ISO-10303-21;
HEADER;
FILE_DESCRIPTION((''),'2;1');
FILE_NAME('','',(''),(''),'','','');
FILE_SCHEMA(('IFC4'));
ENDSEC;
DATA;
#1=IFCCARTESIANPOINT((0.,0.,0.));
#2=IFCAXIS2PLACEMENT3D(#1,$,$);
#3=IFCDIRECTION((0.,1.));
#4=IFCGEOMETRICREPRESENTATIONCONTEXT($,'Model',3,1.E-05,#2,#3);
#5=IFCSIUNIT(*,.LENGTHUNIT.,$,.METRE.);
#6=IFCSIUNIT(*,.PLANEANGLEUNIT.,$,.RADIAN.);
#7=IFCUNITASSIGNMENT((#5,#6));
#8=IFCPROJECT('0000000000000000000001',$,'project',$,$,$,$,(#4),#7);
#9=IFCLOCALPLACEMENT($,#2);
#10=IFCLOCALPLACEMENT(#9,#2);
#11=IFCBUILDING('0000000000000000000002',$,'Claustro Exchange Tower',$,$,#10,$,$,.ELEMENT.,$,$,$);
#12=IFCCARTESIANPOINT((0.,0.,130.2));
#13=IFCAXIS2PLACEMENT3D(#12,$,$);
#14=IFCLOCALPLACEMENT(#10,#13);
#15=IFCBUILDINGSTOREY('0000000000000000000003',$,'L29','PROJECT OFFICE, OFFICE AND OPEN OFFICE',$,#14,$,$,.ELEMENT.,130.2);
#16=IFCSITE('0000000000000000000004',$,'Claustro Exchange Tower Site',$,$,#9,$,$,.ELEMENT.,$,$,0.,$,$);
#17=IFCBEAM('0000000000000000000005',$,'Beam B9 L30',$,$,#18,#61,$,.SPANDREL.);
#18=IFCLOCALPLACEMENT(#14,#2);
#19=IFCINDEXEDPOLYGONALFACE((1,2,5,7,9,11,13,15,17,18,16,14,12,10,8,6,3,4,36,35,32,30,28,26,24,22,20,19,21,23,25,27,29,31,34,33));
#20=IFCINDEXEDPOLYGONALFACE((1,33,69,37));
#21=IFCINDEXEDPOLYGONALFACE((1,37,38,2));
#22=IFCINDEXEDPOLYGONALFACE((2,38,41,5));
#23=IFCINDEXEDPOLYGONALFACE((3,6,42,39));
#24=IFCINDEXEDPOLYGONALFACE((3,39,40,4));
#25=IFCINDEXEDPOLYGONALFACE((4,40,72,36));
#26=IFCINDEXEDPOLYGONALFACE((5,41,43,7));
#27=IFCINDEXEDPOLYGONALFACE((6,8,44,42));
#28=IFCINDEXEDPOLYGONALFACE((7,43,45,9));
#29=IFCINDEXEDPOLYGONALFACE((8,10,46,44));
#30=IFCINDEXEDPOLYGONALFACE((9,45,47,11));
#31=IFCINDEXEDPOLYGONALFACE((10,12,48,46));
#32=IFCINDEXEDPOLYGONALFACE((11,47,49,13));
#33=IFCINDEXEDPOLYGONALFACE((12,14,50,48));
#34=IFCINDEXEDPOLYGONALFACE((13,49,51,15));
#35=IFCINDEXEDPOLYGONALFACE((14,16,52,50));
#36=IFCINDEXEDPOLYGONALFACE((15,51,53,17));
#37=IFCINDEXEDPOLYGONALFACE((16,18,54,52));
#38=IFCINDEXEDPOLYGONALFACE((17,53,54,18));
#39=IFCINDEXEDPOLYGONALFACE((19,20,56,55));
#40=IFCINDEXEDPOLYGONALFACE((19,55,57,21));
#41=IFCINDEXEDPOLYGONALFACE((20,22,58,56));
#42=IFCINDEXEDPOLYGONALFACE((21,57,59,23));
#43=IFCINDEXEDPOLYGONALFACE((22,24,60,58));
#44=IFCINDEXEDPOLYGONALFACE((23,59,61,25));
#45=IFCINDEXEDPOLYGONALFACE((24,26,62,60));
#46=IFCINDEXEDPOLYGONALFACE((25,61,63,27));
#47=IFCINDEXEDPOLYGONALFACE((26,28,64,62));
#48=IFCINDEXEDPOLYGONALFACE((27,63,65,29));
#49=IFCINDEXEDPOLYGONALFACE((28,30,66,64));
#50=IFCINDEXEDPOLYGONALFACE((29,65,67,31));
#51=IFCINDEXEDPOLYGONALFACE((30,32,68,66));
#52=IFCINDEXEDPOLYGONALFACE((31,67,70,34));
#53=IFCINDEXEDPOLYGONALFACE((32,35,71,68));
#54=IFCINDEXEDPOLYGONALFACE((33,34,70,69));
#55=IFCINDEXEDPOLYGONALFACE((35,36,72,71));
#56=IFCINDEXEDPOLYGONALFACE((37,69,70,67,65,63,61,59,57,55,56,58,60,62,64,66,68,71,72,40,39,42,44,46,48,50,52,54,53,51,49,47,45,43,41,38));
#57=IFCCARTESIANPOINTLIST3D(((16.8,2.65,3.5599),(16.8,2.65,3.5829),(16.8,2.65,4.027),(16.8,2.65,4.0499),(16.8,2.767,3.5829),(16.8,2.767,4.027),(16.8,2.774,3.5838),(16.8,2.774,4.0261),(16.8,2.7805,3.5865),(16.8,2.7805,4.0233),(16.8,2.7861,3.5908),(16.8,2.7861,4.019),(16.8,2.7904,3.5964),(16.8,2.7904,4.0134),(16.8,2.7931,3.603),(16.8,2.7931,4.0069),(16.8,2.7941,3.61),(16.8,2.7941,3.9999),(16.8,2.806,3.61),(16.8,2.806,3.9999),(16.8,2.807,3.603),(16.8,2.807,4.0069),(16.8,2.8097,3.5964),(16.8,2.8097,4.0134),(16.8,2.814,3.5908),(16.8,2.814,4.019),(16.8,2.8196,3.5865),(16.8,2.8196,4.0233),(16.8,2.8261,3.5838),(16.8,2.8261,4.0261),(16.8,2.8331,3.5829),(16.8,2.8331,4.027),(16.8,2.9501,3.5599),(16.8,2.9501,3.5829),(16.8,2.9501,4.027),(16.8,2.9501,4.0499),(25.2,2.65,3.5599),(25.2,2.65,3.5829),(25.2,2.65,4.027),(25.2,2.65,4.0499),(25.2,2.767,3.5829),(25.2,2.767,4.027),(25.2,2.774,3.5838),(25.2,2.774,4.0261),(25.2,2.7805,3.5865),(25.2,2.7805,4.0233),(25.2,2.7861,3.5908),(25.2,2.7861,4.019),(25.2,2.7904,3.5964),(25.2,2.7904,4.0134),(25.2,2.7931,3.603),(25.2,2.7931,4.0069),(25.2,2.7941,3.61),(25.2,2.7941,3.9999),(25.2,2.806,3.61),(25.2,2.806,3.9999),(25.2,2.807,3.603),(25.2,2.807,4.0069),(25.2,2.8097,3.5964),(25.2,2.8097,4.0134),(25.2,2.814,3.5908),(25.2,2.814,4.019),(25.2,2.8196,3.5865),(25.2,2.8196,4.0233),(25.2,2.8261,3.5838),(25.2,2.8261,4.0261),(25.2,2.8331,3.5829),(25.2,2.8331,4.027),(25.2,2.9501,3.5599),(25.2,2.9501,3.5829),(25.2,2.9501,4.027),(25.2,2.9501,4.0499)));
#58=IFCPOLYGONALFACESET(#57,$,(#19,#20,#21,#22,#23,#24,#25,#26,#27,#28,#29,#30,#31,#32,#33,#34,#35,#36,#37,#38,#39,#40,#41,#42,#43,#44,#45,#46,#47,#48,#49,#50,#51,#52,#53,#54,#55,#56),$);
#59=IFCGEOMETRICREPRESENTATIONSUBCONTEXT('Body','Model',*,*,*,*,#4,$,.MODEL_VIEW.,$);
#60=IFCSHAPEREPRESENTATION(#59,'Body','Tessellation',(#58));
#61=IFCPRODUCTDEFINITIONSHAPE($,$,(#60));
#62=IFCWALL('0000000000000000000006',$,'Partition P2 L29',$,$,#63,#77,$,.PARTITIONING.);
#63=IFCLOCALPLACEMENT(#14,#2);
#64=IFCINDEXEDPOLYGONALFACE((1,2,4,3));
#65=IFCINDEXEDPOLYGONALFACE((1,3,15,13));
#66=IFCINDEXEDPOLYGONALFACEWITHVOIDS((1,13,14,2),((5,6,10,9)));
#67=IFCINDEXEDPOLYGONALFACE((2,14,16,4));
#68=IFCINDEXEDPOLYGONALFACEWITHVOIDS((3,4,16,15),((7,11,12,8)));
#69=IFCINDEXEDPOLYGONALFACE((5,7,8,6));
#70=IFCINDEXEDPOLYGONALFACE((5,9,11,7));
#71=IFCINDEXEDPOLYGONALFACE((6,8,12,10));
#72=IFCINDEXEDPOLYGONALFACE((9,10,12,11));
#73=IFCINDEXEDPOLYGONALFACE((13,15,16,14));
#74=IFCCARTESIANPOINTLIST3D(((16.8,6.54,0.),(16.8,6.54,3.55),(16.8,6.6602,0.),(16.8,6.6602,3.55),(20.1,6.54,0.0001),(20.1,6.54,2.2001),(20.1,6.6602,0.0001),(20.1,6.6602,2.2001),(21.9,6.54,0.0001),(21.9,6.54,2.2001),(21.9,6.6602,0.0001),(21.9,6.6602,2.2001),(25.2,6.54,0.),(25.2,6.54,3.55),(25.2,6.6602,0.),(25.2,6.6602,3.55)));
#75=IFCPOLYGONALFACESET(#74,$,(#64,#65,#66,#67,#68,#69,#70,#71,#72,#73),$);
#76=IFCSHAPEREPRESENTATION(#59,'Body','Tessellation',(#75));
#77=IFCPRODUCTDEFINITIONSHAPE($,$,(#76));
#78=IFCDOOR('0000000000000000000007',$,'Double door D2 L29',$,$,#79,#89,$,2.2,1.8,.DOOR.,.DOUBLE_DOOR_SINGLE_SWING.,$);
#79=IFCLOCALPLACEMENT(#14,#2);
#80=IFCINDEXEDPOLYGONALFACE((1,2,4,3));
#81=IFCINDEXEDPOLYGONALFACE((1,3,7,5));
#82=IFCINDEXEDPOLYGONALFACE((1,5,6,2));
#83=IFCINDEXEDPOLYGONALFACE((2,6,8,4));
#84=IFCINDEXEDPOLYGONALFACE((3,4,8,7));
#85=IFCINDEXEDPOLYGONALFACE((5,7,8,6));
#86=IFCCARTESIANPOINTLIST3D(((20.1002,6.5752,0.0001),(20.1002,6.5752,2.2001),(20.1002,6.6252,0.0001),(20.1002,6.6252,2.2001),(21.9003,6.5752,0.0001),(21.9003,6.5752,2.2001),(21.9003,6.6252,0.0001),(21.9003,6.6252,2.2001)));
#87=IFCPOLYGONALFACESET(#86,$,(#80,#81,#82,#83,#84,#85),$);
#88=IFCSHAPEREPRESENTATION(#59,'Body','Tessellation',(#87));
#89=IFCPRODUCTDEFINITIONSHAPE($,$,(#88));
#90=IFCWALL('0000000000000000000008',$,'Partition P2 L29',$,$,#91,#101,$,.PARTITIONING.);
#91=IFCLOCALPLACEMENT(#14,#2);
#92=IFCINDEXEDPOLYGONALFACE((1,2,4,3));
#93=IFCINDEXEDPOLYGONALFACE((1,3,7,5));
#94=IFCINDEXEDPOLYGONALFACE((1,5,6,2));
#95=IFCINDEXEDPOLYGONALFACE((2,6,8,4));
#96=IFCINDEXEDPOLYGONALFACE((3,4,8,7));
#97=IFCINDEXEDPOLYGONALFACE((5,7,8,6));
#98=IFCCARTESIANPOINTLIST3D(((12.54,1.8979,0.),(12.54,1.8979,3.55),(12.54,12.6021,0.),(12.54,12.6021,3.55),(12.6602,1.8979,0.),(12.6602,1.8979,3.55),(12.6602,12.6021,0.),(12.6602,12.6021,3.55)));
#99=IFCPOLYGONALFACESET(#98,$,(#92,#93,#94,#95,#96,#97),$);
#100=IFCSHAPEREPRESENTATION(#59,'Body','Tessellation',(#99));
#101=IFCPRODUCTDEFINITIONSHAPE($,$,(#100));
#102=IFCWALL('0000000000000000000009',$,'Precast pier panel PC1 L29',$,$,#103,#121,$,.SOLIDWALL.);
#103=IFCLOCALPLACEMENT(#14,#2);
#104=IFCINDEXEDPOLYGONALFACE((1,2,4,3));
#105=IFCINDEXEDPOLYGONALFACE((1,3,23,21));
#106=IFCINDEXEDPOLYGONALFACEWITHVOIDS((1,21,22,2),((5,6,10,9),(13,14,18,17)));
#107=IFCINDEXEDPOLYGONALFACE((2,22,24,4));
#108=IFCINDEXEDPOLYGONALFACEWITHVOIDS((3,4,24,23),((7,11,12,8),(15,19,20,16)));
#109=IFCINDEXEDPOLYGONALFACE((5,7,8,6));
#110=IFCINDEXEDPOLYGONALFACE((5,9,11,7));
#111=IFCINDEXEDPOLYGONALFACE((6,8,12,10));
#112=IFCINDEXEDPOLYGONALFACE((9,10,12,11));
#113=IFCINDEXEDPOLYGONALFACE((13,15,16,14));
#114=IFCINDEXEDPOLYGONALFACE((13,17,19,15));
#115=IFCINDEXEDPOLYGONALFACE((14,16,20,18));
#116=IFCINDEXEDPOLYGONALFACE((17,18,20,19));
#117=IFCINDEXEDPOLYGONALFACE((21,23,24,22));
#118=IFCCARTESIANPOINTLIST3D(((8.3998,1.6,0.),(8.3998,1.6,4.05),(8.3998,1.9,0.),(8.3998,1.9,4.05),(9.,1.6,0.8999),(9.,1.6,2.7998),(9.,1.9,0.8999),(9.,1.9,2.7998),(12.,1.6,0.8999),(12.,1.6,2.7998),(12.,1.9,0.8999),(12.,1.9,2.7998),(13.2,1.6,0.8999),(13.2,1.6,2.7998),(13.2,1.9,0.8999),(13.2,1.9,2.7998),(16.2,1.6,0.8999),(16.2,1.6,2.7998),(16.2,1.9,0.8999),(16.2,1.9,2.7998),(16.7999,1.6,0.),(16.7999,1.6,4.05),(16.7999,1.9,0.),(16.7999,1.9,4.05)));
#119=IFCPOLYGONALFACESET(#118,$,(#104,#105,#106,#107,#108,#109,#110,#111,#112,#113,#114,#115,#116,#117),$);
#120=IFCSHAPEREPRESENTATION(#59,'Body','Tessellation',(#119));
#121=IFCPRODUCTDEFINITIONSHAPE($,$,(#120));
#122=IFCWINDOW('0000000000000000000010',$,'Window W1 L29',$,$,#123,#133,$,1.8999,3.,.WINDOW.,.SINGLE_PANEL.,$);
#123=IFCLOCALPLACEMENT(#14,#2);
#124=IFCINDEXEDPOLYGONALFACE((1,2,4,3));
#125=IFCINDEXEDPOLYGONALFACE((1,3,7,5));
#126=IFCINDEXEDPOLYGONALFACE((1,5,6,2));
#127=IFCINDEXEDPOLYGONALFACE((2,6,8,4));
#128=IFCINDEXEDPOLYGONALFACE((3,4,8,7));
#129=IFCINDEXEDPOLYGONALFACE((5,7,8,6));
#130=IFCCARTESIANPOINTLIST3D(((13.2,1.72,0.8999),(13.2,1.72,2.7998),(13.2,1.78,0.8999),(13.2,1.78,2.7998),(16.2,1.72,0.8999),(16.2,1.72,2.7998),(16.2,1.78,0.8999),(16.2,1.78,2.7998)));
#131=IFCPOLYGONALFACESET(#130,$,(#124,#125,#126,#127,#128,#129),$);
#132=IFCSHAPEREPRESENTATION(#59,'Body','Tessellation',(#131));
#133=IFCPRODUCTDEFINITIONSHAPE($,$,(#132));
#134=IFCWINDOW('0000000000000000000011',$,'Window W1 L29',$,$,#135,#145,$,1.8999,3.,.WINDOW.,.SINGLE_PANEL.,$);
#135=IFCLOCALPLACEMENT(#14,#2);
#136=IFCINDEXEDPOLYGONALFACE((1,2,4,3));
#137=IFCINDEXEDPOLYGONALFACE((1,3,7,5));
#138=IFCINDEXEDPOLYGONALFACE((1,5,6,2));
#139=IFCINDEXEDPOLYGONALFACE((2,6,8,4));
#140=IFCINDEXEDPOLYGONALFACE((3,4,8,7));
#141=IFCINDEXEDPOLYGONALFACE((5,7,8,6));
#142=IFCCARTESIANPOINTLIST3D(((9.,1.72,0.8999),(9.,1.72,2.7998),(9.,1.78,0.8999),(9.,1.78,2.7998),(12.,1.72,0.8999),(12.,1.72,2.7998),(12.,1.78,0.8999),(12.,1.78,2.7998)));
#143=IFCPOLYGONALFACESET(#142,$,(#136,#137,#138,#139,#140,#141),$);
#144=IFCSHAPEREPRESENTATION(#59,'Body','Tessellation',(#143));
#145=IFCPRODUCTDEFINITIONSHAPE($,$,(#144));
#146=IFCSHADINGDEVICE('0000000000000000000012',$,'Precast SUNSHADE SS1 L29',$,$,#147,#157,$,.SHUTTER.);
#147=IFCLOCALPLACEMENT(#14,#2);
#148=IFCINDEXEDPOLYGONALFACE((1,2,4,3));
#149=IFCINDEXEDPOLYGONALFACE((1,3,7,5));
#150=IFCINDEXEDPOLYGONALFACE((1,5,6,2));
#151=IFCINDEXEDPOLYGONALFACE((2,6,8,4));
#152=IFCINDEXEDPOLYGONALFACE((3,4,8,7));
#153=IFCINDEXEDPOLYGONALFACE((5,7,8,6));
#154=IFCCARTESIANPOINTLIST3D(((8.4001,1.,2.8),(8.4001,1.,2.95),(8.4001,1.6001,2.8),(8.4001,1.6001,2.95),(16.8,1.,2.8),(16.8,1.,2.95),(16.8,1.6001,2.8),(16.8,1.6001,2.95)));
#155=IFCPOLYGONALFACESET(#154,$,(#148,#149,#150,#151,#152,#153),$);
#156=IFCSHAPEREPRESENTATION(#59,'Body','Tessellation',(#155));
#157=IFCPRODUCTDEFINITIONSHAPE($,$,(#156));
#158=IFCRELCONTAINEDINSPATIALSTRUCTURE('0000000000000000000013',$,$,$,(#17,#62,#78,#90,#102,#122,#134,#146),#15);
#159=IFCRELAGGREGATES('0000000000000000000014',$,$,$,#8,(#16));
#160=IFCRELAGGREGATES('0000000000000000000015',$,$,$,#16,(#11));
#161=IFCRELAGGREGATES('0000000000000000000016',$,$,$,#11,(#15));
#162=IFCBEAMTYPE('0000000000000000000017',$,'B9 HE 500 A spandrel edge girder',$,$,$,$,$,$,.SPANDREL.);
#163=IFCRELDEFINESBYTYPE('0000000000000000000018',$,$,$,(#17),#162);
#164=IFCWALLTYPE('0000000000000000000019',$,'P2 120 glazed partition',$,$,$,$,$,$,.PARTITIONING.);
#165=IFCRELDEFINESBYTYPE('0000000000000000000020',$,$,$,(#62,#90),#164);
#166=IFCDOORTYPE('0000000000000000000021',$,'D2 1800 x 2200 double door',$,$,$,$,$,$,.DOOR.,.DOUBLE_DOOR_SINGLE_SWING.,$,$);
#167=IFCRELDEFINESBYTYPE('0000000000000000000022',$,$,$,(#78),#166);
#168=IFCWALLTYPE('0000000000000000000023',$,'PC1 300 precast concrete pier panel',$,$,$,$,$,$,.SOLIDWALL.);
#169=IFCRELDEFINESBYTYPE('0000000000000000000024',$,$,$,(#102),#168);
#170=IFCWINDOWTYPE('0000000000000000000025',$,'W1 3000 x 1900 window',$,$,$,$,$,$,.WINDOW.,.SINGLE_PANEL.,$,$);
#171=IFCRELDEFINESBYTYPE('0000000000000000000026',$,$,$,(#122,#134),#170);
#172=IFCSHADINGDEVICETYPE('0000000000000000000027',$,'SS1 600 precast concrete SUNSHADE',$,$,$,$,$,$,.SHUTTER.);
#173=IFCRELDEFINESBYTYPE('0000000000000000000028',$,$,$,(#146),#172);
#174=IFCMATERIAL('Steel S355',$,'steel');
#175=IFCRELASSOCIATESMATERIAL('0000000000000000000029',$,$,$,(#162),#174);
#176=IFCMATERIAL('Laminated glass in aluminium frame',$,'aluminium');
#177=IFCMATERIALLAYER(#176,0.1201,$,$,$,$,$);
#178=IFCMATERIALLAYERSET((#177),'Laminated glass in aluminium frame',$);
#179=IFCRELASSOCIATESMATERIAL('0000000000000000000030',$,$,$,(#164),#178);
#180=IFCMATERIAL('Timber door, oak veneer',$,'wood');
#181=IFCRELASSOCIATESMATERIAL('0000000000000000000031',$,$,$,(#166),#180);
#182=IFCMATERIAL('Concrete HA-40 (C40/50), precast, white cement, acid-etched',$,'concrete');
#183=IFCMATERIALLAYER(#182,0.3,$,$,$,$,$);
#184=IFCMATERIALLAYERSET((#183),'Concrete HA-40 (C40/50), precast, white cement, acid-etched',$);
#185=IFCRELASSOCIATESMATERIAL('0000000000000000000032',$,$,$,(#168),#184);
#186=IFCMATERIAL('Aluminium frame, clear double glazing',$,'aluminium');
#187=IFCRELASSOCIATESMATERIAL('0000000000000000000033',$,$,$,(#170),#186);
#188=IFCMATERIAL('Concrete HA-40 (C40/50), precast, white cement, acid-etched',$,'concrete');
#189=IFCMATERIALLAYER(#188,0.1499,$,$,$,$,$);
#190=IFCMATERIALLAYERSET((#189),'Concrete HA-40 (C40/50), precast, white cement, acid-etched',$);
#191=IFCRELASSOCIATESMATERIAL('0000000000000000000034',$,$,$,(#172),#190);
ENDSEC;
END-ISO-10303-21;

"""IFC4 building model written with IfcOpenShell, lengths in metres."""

from ifc_helpers import new_model, si_unit, direction, frame, frame_2d, origin, origin_2d, place, context, subcontext, project, spatial, rectangle, i_section, extrude, material, layer, layer_set, material_profile, profile_set, type_object, element, fill, save


model = new_model("IFC4")

# Units and contexts
model_context = context("Model", 3, precision=1e-05, world=origin(), true_north=direction((0.0, 1.0)))
body_context = subcontext(model_context, "Body", "Model", "MODEL_VIEW")
ifc_project = project(units=[si_unit("LENGTHUNIT", "METRE"), si_unit("PLANEANGLEUNIT", "RADIAN")], contexts=[model_context])

# Site, building, storey
site_placement = place(None, origin())
site = spatial("IfcSite", under=ifc_project, at=site_placement, Name="Claustro Exchange Tower Site", CompositionType="ELEMENT", RefElevation=0.0)
building_placement = place(site_placement, origin())
building = spatial("IfcBuilding", under=site, at=building_placement, Name="Claustro Exchange Tower", CompositionType="ELEMENT")
storey_placement = place(building_placement, frame((0.0, 0.0, 130.2)))
storey = spatial("IfcBuildingStorey", under=building, at=storey_placement, Name="L29", Description="PROJECT OFFICE, OFFICE AND OPEN OFFICE", CompositionType="ELEMENT", Elevation=130.2)

# Beam
ifc_material_1 = material(Name="Steel S355", Category="steel")
ifc_material_profile_1 = material_profile(ifc_material_1, i_section(OverallWidth=0.3, OverallDepth=0.49, WebThickness=0.012, FlangeThickness=0.0229, FilletRadius=0.0271, at=origin_2d()), Name="HE 500 A")
ifc_profile_set_1 = profile_set([ifc_material_profile_1], Name="Steel S355")
beam_type_1 = type_object("IfcBeamType", Name="B9 HE 500 A spandrel edge girder", PredefinedType="SPANDREL", material=ifc_profile_set_1)
beam_1_placement = place(storey_placement, frame((16.8, 2.8, 3.8049), z_axis=(1.0, 0.0, 0.0), x_axis=(0.0, 1.0, 0.0)))
element("IfcBeam", 1, at=beam_1_placement, inside=storey, type_object=beam_type_1, Name="Beam B9 L30", PredefinedType="SPANDREL", context=body_context, shape_type="SweptSolid", body=[
    extrude(i_section(OverallWidth=0.3, OverallDepth=0.49, WebThickness=0.012, FlangeThickness=0.0229, FilletRadius=0.0271, at=origin_2d()), origin(), (0.0, 0.0, 1.0), 8.3999),
])

# Wall, opening, door
ifc_material_2 = material(Name="Laminated glass in aluminium frame", Category="aluminium")
ifc_layer_1 = layer(ifc_material_2, 0.1201)
ifc_layer_set_1 = layer_set([ifc_layer_1], Name="Laminated glass in aluminium frame")
wall_type_1 = type_object("IfcWallType", Name="P2 120 glazed partition", PredefinedType="PARTITIONING", material=ifc_layer_set_1)
wall_1_placement = place(storey_placement, frame((16.8, 6.6001, 0.0), z_axis=(0.0, 0.0, 1.0), x_axis=(1.0, 0.0, 0.0)))
wall_1 = element("IfcWall", 2, at=wall_1_placement, inside=storey, type_object=wall_type_1, Name="Partition P2 L29", PredefinedType="PARTITIONING", context=body_context, shape_type="SweptSolid", body=[
    extrude(rectangle(XDim=8.3999, YDim=0.1201, at=frame_2d((4.2, 0.0))), origin(), (0.0, 0.0, 1.0), 3.55),
])
opening_1_placement = place(wall_1_placement, frame((3.3, 0.0, 0.0)))
opening_1 = element("IfcOpeningElement", 3, at=opening_1_placement, cuts=wall_1, PredefinedType="OPENING", context=body_context, shape_type="SweptSolid", body=[
    extrude(rectangle(XDim=1.8, YDim=2.2, at=frame_2d((0.8999, 1.1001))), frame((0.0, 0.0701, 0.0), z_axis=(0.0, -1.0, 0.0), x_axis=(1.0, 0.0, 0.0)), (0.0, 0.0, 1.0), 0.1401),
])
ifc_material_3 = material(Name="Timber door, oak veneer", Category="wood")
door_type = type_object("IfcDoorType", Name="D2 1800 x 2200 double door", OperationType="DOUBLE_DOOR_SINGLE_SWING", PredefinedType="DOOR", material=ifc_material_3)
door_placement = place(opening_1_placement, frame((1.8, 0.0, 0.0), z_axis=(0.0, 0.0, 1.0), x_axis=(-1.0, 0.0, 0.0)))
door = element("IfcDoor", 4, at=door_placement, inside=storey, type_object=door_type, Name="Double door D2 L29", OperationType="DOUBLE_DOOR_SINGLE_SWING", OverallHeight=2.2, OverallWidth=1.8, PredefinedType="DOOR", context=body_context, shape_type="SweptSolid", body=[
    extrude(rectangle(XDim=1.8, YDim=2.2, at=frame_2d((0.8999, 1.1001))), frame((0.0, 0.0249, 0.0), z_axis=(0.0, -1.0, 0.0), x_axis=(1.0, 0.0, 0.0)), (0.0, 0.0, 1.0), 0.05),
])
fill(opening_1, door)

# Wall
wall_2_placement = place(storey_placement, frame((12.6001, 1.8979, 0.0), z_axis=(0.0, 0.0, 1.0), x_axis=(0.0, 1.0, 0.0)))
element("IfcWall", 5, at=wall_2_placement, inside=storey, type_object=wall_type_1, Name="Partition P2 L29", PredefinedType="PARTITIONING", context=body_context, shape_type="SweptSolid", body=[
    extrude(rectangle(XDim=10.7041, YDim=0.1201, at=frame_2d((5.3521, 0.0))), origin(), (0.0, 0.0, 1.0), 3.55),
])

# Wall, openings, windows
ifc_material_4 = material(Name="Concrete HA-40 (C40/50), precast, white cement, acid-etched", Category="concrete")
ifc_layer_2 = layer(ifc_material_4, 0.3)
ifc_layer_set_2 = layer_set([ifc_layer_2], Name="Concrete HA-40 (C40/50), precast, white cement, acid-etched")
wall_type_2 = type_object("IfcWallType", Name="PC1 300 precast concrete pier panel", PredefinedType="SOLIDWALL", material=ifc_layer_set_2)
wall_3_placement = place(storey_placement, frame((16.8, 1.75, 0.0), z_axis=(0.0, 0.0, 1.0), x_axis=(-1.0, 0.0, 0.0)))
wall_3 = element("IfcWall", 6, at=wall_3_placement, inside=storey, type_object=wall_type_2, Name="Precast pier panel PC1 L29", PredefinedType="SOLIDWALL", context=body_context, shape_type="SweptSolid", body=[
    extrude(rectangle(XDim=8.4001, YDim=0.3, at=frame_2d((4.2002, 0.0))), origin(), (0.0, 0.0, 1.0), 4.05),
])
opening_2_placement = place(wall_3_placement, frame((0.6001, 0.0, 0.8999)))
opening_2 = element("IfcOpeningElement", 7, at=opening_2_placement, cuts=wall_3, PredefinedType="OPENING", context=body_context, shape_type="SweptSolid", body=[
    extrude(rectangle(XDim=3.0, YDim=1.8999, at=frame_2d((1.5, 0.95))), frame((0.0, 0.1599, 0.0), z_axis=(0.0, -1.0, 0.0), x_axis=(1.0, 0.0, 0.0)), (0.0, 0.0, 1.0), 0.3201),
])
opening_3_placement = place(wall_3_placement, frame((4.8, 0.0, 0.8999)))
opening_3 = element("IfcOpeningElement", 8, at=opening_3_placement, cuts=wall_3, PredefinedType="OPENING", context=body_context, shape_type="SweptSolid", body=[
    extrude(rectangle(XDim=3.0, YDim=1.8999, at=frame_2d((1.5, 0.95))), frame((0.0, 0.1599, 0.0), z_axis=(0.0, -1.0, 0.0), x_axis=(1.0, 0.0, 0.0)), (0.0, 0.0, 1.0), 0.3201),
])
ifc_material_5 = material(Name="Aluminium frame, clear double glazing", Category="aluminium")
window_type = type_object("IfcWindowType", Name="W1 3000 x 1900 window", PartitioningType="SINGLE_PANEL", PredefinedType="WINDOW", material=ifc_material_5)
window_1_placement = place(opening_2_placement, origin())
window_1 = element("IfcWindow", 9, at=window_1_placement, inside=storey, type_object=window_type, Name="Window W1 L29", OverallHeight=1.8999, OverallWidth=3.0, PartitioningType="SINGLE_PANEL", PredefinedType="WINDOW", context=body_context, shape_type="SweptSolid", body=[
    extrude(rectangle(XDim=3.0, YDim=1.8999, at=frame_2d((1.5, 0.95))), frame((0.0, 0.03, 0.0), z_axis=(0.0, -1.0, 0.0), x_axis=(1.0, 0.0, 0.0)), (0.0, 0.0, 1.0), 0.0601),
])
fill(opening_2, window_1)
window_2_placement = place(opening_3_placement, origin())
window_2 = element("IfcWindow", 10, at=window_2_placement, inside=storey, type_object=window_type, Name="Window W1 L29", OverallHeight=1.8999, OverallWidth=3.0, PartitioningType="SINGLE_PANEL", PredefinedType="WINDOW", context=body_context, shape_type="SweptSolid", body=[
    extrude(rectangle(XDim=3.0, YDim=1.8999, at=frame_2d((1.5, 0.95))), frame((0.0, 0.03, 0.0), z_axis=(0.0, -1.0, 0.0), x_axis=(1.0, 0.0, 0.0)), (0.0, 0.0, 1.0), 0.0601),
])
fill(opening_3, window_2)

# Shading device
ifc_material_6 = material(Name="Concrete HA-40 (C40/50), precast, white cement, acid-etched", Category="concrete")
ifc_layer_3 = layer(ifc_material_6, 0.1499)
ifc_layer_set_3 = layer_set([ifc_layer_3], Name="Concrete HA-40 (C40/50), precast, white cement, acid-etched")
shading_device_type = type_object("IfcShadingDeviceType", Name="SS1 600 precast concrete SUNSHADE", PredefinedType="SHUTTER", material=ifc_layer_set_3)
shading_device_placement = place(storey_placement, frame((12.6001, 1.3, 2.8), z_axis=(0.0, 0.0, 1.0), x_axis=(-1.0, 0.0, 0.0)))
element("IfcShadingDevice", 11, at=shading_device_placement, inside=storey, type_object=shading_device_type, Name="Precast SUNSHADE SS1 L29", PredefinedType="SHUTTER", context=body_context, shape_type="SweptSolid", body=[
    extrude(rectangle(XDim=8.3999, YDim=0.6001, at=origin_2d()), origin(), (0.0, 0.0, 1.0), 0.1499),
])

save(model, "model.ifc")
